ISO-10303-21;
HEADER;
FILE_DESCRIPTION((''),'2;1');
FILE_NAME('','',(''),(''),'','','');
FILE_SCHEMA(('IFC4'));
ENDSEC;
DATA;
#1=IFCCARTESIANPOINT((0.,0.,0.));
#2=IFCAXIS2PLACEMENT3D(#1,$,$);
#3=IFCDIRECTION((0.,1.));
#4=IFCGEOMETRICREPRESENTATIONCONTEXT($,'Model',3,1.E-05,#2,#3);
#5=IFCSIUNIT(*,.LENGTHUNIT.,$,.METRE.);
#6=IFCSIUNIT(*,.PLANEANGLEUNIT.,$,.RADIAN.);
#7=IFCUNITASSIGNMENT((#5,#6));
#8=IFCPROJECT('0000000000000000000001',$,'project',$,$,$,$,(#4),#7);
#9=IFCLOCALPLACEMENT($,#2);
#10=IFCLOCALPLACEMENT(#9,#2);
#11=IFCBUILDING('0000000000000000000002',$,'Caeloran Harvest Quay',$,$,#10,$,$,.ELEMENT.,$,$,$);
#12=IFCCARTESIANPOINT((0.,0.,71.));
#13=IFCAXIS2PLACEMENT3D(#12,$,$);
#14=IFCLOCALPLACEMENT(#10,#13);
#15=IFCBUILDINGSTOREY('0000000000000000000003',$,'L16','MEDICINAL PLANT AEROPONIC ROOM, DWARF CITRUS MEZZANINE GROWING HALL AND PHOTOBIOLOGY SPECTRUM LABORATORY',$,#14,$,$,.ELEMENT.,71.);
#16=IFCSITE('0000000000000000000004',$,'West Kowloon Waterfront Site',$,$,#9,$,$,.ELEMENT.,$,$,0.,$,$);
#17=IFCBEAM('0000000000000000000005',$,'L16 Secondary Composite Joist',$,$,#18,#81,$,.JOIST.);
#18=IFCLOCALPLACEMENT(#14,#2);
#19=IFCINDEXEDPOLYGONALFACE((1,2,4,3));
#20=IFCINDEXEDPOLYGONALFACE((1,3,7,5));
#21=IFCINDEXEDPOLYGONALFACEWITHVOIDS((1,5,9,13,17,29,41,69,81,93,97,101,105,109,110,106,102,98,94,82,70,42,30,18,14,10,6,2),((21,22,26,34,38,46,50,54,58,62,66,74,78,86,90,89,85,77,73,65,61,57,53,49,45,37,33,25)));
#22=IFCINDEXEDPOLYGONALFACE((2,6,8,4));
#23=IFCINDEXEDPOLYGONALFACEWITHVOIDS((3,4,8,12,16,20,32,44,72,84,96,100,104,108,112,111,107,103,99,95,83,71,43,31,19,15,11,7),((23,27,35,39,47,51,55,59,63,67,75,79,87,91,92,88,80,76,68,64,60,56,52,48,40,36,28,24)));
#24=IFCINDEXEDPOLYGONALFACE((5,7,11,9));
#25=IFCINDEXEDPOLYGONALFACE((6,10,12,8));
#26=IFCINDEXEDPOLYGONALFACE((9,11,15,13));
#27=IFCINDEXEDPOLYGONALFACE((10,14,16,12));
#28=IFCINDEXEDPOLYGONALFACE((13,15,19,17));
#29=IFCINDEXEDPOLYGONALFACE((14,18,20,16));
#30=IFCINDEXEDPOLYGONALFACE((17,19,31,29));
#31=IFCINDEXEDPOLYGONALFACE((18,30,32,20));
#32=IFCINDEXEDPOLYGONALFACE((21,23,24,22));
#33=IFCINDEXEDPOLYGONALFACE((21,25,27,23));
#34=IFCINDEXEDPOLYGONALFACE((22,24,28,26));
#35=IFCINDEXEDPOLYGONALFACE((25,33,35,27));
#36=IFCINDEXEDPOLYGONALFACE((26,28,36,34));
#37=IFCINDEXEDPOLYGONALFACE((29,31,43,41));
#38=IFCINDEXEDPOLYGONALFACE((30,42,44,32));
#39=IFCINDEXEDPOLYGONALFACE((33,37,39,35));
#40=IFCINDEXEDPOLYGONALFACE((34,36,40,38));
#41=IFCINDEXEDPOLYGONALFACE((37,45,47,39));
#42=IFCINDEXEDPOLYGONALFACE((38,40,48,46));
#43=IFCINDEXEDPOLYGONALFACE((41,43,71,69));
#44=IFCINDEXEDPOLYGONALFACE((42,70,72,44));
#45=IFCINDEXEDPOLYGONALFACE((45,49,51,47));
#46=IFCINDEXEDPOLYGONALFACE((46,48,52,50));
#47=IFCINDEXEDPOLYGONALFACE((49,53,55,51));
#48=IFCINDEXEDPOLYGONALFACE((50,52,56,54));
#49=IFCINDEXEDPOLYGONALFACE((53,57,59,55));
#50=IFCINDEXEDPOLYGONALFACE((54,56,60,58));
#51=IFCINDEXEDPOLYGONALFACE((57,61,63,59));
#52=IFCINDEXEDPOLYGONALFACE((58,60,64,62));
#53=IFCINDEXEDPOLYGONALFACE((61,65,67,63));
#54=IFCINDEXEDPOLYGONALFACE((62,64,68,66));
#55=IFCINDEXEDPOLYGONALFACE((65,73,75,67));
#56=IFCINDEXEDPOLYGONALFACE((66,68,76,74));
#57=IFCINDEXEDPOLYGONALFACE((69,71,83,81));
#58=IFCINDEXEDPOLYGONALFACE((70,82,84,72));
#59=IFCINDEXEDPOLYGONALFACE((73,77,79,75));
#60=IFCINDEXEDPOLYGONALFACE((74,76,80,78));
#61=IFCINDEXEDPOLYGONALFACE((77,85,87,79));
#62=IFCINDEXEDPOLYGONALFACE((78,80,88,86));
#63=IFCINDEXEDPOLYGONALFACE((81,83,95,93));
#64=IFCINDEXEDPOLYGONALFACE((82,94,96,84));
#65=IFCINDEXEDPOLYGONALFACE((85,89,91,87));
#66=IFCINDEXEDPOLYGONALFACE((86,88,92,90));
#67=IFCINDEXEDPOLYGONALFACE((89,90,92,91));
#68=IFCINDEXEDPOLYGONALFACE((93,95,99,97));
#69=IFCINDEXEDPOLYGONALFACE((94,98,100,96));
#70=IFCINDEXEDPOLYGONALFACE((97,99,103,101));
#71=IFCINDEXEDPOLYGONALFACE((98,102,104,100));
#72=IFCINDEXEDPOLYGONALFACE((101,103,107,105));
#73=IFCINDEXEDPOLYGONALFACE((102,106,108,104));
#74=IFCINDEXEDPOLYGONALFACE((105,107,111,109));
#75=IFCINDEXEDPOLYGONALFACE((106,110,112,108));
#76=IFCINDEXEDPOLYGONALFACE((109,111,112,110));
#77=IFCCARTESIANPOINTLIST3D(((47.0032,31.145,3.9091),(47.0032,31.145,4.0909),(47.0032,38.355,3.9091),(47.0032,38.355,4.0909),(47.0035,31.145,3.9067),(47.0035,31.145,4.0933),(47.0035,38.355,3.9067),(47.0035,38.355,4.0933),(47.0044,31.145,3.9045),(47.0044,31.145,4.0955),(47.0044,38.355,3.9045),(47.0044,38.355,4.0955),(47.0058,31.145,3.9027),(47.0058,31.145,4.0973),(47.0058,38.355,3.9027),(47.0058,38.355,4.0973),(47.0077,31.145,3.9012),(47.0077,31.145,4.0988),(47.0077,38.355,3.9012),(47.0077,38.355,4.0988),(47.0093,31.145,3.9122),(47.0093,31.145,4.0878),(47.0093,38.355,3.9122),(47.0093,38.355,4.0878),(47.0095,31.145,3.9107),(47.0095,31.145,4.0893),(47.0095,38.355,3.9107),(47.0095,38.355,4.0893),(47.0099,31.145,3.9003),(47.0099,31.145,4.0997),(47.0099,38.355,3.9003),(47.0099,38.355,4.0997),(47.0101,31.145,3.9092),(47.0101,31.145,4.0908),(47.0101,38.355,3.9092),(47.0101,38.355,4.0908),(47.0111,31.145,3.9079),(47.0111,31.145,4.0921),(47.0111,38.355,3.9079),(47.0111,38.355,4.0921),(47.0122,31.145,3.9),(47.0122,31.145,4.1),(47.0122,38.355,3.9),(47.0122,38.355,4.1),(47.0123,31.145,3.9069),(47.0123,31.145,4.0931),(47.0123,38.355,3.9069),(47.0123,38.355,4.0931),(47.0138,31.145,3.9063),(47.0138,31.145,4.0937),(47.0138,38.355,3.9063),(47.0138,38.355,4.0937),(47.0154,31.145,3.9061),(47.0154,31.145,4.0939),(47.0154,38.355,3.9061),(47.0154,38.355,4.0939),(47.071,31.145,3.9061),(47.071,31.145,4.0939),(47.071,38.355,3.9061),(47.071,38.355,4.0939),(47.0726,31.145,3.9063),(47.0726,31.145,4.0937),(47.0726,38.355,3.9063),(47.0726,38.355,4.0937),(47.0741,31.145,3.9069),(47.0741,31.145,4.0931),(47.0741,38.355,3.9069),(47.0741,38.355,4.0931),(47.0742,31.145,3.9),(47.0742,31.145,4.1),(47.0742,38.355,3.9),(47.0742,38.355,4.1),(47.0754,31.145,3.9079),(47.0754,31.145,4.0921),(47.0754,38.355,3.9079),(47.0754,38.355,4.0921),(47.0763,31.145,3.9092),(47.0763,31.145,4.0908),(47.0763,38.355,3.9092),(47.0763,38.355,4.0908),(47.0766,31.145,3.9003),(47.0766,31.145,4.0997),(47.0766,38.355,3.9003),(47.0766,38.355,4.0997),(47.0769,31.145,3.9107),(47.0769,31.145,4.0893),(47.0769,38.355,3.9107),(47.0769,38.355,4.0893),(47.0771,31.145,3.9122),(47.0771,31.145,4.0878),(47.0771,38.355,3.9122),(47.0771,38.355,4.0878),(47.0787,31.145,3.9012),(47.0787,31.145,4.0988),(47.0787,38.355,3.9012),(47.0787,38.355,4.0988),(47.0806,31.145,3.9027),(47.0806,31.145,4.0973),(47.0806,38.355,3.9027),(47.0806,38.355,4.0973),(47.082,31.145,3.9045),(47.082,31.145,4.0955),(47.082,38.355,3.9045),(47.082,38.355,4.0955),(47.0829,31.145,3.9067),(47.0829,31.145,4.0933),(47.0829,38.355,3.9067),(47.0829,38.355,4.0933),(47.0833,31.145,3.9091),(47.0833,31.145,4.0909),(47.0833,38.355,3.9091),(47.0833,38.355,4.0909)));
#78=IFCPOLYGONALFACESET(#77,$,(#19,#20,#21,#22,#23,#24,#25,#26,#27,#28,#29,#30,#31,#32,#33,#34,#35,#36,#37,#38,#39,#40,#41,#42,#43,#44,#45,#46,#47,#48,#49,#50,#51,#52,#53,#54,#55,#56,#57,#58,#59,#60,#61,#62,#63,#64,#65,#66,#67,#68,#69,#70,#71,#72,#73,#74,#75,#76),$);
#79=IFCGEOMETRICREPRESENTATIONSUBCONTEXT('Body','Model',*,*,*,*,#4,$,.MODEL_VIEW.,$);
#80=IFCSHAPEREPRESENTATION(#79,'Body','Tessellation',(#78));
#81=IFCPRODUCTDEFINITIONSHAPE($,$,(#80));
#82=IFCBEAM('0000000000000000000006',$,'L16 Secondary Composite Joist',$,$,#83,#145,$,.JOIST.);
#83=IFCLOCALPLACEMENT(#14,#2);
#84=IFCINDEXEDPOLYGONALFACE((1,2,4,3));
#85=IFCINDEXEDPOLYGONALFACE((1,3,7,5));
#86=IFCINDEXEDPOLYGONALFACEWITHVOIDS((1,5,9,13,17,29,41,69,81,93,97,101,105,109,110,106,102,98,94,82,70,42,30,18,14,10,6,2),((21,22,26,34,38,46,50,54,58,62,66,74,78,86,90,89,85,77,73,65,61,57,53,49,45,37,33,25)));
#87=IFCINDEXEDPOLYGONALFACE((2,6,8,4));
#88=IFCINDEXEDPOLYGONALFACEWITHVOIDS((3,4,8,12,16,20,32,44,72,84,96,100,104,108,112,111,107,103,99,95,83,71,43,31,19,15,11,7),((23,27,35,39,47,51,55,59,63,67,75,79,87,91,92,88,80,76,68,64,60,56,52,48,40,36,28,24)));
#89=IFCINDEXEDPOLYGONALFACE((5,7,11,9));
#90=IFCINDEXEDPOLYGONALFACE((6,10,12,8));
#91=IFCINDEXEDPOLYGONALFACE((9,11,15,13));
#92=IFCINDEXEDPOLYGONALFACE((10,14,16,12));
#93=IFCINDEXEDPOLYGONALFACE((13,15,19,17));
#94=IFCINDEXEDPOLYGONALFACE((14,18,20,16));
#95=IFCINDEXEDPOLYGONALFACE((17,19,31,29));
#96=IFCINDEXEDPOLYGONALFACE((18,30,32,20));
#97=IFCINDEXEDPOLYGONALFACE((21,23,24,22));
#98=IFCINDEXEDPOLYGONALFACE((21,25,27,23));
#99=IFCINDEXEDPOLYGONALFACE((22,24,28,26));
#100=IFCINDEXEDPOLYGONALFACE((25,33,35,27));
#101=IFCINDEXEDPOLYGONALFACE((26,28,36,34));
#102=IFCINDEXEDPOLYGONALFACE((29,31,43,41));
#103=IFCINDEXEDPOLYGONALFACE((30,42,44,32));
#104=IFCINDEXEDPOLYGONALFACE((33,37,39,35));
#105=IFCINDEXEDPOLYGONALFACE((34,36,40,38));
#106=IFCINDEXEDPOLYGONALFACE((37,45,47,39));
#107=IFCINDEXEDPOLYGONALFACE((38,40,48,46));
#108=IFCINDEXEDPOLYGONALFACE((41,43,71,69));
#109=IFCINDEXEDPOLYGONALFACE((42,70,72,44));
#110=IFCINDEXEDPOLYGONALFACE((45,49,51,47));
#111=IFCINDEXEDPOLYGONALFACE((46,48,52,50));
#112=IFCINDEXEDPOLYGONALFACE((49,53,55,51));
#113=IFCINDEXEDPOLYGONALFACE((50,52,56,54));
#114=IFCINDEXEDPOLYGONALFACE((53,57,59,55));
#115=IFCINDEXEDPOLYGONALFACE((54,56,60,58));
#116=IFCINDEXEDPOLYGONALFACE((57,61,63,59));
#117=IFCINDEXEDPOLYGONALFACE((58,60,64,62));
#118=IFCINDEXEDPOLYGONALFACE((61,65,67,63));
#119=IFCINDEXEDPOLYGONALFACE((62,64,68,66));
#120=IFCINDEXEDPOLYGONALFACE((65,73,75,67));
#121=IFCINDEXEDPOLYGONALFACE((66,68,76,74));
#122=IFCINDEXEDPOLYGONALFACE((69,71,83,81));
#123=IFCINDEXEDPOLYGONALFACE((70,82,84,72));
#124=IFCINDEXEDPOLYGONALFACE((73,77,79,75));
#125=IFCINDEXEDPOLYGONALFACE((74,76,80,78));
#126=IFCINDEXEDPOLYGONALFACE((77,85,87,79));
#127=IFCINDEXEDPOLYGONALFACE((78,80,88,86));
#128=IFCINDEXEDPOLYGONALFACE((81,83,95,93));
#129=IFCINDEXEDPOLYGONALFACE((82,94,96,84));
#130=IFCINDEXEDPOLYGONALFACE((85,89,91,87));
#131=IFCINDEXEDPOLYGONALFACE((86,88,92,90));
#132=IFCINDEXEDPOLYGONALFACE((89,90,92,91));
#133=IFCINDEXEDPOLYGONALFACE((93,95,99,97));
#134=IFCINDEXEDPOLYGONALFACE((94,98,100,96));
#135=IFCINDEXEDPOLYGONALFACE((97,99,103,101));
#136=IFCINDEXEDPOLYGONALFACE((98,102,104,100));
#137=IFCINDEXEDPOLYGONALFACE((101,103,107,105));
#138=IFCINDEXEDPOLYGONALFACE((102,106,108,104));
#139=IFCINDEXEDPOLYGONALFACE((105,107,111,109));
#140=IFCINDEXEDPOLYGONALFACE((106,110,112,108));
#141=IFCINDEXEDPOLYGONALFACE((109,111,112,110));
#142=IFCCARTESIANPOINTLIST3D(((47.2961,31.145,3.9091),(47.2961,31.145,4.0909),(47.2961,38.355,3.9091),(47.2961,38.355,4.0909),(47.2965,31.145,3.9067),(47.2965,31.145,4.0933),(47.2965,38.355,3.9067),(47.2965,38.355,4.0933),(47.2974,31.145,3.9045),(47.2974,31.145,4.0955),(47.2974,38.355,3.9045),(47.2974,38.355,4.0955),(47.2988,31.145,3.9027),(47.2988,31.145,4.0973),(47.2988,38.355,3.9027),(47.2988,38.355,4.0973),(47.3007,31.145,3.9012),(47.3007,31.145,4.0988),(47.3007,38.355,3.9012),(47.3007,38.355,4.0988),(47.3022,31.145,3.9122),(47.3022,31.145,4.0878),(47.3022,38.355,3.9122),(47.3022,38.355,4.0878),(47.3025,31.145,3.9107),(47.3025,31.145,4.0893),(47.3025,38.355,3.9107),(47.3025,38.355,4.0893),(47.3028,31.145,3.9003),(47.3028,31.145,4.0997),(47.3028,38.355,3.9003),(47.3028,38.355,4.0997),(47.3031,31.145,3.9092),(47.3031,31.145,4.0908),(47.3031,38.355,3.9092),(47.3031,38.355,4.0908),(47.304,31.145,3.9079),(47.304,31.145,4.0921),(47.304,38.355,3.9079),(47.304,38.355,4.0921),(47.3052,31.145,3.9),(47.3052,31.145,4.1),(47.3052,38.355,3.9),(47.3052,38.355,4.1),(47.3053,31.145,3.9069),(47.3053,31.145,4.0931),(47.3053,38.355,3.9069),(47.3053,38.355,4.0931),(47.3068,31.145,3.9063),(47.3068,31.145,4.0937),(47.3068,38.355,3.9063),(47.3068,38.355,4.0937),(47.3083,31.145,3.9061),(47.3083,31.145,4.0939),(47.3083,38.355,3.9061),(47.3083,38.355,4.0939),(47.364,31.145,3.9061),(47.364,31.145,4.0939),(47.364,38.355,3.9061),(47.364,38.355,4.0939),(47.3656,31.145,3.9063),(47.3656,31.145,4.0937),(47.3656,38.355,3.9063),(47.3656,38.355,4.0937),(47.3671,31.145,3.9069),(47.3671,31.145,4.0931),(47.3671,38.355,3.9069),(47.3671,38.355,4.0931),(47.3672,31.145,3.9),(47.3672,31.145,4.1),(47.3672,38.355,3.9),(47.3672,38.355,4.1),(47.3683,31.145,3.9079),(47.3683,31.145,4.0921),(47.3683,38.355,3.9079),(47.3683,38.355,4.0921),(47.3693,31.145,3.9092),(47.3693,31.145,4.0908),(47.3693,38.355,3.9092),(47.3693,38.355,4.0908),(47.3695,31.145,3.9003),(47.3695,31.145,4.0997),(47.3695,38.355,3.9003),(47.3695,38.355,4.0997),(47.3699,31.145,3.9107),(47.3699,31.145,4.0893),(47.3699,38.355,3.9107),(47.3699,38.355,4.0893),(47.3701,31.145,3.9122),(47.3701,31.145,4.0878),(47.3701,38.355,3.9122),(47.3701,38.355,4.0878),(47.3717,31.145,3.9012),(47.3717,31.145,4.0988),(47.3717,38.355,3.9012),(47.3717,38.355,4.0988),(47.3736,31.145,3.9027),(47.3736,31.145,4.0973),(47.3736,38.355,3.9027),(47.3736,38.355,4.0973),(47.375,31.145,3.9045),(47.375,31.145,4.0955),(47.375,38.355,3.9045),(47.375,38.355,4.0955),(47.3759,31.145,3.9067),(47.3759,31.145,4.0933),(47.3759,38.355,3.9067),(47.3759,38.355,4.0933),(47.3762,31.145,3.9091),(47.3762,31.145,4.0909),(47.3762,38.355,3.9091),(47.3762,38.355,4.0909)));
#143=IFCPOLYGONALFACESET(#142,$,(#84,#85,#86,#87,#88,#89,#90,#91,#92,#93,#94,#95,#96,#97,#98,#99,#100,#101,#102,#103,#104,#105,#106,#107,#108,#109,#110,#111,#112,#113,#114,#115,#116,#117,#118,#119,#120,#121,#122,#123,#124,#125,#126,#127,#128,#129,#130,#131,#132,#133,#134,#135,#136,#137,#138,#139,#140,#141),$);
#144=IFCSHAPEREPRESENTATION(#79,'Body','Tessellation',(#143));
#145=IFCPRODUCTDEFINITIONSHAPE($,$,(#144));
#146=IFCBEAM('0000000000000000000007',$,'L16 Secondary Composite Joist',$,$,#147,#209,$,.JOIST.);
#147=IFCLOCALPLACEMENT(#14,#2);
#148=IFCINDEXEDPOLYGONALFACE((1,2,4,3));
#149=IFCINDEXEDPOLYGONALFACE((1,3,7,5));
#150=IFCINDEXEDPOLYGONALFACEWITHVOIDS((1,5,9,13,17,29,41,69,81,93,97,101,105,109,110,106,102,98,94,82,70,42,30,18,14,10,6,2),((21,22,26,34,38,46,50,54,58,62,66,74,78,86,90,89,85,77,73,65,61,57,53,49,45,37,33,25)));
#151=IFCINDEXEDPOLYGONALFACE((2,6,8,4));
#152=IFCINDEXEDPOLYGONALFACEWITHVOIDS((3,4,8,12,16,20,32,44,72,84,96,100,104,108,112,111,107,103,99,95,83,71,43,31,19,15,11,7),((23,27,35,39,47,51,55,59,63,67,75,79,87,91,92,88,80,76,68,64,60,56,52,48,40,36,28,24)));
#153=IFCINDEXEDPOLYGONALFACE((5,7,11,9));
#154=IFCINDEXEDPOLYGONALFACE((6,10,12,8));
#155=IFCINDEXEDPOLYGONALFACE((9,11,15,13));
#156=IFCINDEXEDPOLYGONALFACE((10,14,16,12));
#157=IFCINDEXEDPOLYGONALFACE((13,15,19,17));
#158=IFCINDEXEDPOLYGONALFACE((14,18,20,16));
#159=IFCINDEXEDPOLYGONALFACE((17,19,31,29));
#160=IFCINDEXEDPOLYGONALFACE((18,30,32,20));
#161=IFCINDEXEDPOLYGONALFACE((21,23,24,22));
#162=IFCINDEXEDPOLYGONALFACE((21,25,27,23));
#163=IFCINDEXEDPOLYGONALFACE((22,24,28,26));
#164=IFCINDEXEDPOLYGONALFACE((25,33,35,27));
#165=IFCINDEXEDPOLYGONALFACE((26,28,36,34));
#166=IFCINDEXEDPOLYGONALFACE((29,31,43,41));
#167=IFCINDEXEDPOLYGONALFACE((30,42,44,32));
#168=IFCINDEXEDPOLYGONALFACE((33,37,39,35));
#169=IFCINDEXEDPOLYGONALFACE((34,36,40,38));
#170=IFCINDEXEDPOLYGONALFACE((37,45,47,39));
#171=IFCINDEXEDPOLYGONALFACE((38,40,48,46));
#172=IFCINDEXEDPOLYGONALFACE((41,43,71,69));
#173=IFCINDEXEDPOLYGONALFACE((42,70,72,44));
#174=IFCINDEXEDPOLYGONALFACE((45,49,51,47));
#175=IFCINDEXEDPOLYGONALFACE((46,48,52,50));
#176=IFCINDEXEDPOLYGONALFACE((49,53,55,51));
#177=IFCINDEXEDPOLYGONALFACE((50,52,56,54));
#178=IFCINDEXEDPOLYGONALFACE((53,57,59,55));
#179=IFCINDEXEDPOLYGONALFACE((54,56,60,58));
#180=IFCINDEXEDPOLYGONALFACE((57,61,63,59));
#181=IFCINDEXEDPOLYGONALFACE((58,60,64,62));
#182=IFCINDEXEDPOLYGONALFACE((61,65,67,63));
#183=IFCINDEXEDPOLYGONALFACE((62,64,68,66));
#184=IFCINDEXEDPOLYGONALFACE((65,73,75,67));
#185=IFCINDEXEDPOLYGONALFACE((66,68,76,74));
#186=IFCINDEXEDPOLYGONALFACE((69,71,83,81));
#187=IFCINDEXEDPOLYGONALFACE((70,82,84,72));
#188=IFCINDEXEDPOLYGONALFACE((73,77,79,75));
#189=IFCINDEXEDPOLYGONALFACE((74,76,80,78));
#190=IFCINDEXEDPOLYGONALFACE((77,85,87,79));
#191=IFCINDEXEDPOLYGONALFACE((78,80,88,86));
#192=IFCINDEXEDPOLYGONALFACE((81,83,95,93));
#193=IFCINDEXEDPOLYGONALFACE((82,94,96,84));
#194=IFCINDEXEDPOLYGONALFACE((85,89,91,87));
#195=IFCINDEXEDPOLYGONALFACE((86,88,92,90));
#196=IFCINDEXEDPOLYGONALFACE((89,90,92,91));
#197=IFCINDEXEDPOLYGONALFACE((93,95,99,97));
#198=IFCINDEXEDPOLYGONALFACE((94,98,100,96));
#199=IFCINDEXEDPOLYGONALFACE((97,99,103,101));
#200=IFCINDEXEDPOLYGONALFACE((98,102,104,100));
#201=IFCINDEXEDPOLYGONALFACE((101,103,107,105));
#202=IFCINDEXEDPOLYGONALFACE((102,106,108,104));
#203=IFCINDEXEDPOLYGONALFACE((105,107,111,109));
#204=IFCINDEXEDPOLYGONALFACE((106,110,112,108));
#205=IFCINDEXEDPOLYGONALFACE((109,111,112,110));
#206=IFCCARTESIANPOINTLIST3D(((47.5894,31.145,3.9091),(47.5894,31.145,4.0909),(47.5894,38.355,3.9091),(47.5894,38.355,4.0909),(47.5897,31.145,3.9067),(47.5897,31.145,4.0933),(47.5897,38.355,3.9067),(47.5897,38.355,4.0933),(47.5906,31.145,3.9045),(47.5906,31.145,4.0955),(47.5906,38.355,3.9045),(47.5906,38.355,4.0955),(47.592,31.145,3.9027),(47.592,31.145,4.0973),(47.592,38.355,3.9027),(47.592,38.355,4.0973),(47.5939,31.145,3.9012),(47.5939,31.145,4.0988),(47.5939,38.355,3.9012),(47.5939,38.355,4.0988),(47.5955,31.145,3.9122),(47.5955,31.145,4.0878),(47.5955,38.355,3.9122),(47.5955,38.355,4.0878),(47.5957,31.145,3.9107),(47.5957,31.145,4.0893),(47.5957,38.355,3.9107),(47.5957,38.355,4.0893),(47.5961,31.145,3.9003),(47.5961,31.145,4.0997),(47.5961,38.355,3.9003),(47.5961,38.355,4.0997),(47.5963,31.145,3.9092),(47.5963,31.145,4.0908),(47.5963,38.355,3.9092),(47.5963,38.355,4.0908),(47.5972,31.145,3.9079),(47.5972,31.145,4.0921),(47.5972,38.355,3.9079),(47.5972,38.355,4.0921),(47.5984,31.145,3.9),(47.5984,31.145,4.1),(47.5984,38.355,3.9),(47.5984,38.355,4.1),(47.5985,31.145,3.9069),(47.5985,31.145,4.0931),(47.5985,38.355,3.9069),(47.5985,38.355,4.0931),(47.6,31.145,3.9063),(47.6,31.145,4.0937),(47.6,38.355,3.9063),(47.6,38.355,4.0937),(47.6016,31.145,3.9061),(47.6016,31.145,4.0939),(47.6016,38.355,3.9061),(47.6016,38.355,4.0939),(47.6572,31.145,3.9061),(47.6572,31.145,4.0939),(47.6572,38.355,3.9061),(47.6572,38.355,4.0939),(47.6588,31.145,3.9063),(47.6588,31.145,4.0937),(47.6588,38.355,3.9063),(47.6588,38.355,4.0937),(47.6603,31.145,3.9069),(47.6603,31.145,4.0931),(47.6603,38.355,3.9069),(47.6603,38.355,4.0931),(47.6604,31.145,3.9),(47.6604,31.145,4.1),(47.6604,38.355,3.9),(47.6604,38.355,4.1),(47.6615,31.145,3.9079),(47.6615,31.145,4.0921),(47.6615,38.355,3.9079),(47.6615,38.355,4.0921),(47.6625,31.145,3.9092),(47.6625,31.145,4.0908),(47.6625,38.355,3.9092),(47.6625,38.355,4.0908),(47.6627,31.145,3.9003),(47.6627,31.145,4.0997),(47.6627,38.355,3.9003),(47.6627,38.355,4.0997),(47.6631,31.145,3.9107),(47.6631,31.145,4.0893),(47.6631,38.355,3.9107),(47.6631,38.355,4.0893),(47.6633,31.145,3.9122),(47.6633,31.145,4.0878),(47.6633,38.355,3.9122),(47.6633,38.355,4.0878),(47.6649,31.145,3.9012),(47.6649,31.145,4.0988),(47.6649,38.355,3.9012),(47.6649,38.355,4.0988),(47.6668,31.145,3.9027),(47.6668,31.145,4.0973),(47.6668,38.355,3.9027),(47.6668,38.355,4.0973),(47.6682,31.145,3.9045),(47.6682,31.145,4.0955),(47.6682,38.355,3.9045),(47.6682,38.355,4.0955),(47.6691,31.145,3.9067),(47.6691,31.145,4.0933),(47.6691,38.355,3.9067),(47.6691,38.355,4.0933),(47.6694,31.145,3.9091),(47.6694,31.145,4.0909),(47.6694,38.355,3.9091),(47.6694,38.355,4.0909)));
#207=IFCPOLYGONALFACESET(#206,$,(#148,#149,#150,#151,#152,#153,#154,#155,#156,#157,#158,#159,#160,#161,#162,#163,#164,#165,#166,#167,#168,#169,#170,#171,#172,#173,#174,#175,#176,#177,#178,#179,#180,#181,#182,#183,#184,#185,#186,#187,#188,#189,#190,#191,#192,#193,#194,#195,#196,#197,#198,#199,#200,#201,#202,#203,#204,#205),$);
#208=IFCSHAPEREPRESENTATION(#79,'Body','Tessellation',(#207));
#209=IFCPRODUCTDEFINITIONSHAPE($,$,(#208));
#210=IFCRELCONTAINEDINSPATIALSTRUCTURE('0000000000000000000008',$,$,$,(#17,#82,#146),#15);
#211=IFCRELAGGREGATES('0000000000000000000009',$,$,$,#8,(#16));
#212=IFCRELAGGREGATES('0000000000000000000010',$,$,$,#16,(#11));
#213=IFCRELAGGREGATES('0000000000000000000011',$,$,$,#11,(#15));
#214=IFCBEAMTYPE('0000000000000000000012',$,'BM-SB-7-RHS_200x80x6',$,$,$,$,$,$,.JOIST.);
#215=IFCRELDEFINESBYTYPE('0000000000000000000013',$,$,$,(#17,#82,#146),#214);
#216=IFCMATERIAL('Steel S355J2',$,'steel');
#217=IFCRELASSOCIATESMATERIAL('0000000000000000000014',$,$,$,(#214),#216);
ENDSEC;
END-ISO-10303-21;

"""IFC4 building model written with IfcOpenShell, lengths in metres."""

from ifc_helpers import new_model, si_unit, direction, frame, origin, origin_2d, place, context, subcontext, project, spatial, hollow_rectangle, extrude, material, material_profile, profile_set, type_object, element, save


model = new_model("IFC4")

# Units and contexts
model_context = context("Model", 3, precision=1e-05, world=origin(), true_north=direction((0.0, 1.0)))
body_context = subcontext(model_context, "Body", "Model", "MODEL_VIEW")
ifc_project = project(units=[si_unit("LENGTHUNIT", "METRE"), si_unit("PLANEANGLEUNIT", "RADIAN")], contexts=[model_context])

# Site, building, storey
site_placement = place(None, origin())
site = spatial("IfcSite", under=ifc_project, at=site_placement, Name="West Kowloon Waterfront Site", CompositionType="ELEMENT", RefElevation=0.0)
building_placement = place(site_placement, origin())
building = spatial("IfcBuilding", under=site, at=building_placement, Name="Caeloran Harvest Quay", CompositionType="ELEMENT")
storey_placement = place(building_placement, frame((0.0, 0.0, 71.0)))
storey = spatial("IfcBuildingStorey", under=building, at=storey_placement, Name="L16", Description="MEDICINAL PLANT AEROPONIC ROOM, DWARF CITRUS MEZZANINE GROWING HALL AND PHOTOBIOLOGY SPECTRUM LABORATORY", CompositionType="ELEMENT", Elevation=71.0)

# Beams
ifc_material_1 = material(Name="Steel S355J2", Category="steel")
ifc_material_profile_1 = material_profile(ifc_material_1, hollow_rectangle(XDim=0.0801, YDim=0.2, WallThickness=0.0061, InnerFilletRadius=0.0061, OuterFilletRadius=0.009, at=origin_2d()), Name="RHS 200x80x6")
ifc_profile_set_1 = profile_set([ifc_material_profile_1], Name="Steel S355J2")
beam_type_1 = type_object("IfcBeamType", Name="BM-SB-7-RHS_200x80x6", PredefinedType="JOIST", material=ifc_profile_set_1)
for number, where, z_axis, x_axis, name in (
    (1, (47.0432, 31.145, 4.0), (0.0, 1.0, 0.0), (-1.0, 0.0, 0.0), "L16 Secondary Composite Joist"),
    (2, (47.3362, 31.145, 4.0), (0.0, 1.0, 0.0), (-1.0, 0.0, 0.0), "L16 Secondary Composite Joist"),
    (3, (47.6294, 31.145, 4.0), (0.0, 1.0, 0.0), (-1.0, 0.0, 0.0), "L16 Secondary Composite Joist"),
):
    element("IfcBeam", number, at=place(storey_placement, frame(where, z_axis=z_axis, x_axis=x_axis)), inside=storey, type_object=beam_type_1, Name=name, PredefinedType="JOIST", context=body_context, shape_type="SweptSolid", body=[
        extrude(hollow_rectangle(XDim=0.0801, YDim=0.2, WallThickness=0.0061, InnerFilletRadius=0.0061, OuterFilletRadius=0.009, at=origin_2d()), origin(), (0.0, 0.0, 1.0), 7.21),
    ])

save(model, "model.ifc")
